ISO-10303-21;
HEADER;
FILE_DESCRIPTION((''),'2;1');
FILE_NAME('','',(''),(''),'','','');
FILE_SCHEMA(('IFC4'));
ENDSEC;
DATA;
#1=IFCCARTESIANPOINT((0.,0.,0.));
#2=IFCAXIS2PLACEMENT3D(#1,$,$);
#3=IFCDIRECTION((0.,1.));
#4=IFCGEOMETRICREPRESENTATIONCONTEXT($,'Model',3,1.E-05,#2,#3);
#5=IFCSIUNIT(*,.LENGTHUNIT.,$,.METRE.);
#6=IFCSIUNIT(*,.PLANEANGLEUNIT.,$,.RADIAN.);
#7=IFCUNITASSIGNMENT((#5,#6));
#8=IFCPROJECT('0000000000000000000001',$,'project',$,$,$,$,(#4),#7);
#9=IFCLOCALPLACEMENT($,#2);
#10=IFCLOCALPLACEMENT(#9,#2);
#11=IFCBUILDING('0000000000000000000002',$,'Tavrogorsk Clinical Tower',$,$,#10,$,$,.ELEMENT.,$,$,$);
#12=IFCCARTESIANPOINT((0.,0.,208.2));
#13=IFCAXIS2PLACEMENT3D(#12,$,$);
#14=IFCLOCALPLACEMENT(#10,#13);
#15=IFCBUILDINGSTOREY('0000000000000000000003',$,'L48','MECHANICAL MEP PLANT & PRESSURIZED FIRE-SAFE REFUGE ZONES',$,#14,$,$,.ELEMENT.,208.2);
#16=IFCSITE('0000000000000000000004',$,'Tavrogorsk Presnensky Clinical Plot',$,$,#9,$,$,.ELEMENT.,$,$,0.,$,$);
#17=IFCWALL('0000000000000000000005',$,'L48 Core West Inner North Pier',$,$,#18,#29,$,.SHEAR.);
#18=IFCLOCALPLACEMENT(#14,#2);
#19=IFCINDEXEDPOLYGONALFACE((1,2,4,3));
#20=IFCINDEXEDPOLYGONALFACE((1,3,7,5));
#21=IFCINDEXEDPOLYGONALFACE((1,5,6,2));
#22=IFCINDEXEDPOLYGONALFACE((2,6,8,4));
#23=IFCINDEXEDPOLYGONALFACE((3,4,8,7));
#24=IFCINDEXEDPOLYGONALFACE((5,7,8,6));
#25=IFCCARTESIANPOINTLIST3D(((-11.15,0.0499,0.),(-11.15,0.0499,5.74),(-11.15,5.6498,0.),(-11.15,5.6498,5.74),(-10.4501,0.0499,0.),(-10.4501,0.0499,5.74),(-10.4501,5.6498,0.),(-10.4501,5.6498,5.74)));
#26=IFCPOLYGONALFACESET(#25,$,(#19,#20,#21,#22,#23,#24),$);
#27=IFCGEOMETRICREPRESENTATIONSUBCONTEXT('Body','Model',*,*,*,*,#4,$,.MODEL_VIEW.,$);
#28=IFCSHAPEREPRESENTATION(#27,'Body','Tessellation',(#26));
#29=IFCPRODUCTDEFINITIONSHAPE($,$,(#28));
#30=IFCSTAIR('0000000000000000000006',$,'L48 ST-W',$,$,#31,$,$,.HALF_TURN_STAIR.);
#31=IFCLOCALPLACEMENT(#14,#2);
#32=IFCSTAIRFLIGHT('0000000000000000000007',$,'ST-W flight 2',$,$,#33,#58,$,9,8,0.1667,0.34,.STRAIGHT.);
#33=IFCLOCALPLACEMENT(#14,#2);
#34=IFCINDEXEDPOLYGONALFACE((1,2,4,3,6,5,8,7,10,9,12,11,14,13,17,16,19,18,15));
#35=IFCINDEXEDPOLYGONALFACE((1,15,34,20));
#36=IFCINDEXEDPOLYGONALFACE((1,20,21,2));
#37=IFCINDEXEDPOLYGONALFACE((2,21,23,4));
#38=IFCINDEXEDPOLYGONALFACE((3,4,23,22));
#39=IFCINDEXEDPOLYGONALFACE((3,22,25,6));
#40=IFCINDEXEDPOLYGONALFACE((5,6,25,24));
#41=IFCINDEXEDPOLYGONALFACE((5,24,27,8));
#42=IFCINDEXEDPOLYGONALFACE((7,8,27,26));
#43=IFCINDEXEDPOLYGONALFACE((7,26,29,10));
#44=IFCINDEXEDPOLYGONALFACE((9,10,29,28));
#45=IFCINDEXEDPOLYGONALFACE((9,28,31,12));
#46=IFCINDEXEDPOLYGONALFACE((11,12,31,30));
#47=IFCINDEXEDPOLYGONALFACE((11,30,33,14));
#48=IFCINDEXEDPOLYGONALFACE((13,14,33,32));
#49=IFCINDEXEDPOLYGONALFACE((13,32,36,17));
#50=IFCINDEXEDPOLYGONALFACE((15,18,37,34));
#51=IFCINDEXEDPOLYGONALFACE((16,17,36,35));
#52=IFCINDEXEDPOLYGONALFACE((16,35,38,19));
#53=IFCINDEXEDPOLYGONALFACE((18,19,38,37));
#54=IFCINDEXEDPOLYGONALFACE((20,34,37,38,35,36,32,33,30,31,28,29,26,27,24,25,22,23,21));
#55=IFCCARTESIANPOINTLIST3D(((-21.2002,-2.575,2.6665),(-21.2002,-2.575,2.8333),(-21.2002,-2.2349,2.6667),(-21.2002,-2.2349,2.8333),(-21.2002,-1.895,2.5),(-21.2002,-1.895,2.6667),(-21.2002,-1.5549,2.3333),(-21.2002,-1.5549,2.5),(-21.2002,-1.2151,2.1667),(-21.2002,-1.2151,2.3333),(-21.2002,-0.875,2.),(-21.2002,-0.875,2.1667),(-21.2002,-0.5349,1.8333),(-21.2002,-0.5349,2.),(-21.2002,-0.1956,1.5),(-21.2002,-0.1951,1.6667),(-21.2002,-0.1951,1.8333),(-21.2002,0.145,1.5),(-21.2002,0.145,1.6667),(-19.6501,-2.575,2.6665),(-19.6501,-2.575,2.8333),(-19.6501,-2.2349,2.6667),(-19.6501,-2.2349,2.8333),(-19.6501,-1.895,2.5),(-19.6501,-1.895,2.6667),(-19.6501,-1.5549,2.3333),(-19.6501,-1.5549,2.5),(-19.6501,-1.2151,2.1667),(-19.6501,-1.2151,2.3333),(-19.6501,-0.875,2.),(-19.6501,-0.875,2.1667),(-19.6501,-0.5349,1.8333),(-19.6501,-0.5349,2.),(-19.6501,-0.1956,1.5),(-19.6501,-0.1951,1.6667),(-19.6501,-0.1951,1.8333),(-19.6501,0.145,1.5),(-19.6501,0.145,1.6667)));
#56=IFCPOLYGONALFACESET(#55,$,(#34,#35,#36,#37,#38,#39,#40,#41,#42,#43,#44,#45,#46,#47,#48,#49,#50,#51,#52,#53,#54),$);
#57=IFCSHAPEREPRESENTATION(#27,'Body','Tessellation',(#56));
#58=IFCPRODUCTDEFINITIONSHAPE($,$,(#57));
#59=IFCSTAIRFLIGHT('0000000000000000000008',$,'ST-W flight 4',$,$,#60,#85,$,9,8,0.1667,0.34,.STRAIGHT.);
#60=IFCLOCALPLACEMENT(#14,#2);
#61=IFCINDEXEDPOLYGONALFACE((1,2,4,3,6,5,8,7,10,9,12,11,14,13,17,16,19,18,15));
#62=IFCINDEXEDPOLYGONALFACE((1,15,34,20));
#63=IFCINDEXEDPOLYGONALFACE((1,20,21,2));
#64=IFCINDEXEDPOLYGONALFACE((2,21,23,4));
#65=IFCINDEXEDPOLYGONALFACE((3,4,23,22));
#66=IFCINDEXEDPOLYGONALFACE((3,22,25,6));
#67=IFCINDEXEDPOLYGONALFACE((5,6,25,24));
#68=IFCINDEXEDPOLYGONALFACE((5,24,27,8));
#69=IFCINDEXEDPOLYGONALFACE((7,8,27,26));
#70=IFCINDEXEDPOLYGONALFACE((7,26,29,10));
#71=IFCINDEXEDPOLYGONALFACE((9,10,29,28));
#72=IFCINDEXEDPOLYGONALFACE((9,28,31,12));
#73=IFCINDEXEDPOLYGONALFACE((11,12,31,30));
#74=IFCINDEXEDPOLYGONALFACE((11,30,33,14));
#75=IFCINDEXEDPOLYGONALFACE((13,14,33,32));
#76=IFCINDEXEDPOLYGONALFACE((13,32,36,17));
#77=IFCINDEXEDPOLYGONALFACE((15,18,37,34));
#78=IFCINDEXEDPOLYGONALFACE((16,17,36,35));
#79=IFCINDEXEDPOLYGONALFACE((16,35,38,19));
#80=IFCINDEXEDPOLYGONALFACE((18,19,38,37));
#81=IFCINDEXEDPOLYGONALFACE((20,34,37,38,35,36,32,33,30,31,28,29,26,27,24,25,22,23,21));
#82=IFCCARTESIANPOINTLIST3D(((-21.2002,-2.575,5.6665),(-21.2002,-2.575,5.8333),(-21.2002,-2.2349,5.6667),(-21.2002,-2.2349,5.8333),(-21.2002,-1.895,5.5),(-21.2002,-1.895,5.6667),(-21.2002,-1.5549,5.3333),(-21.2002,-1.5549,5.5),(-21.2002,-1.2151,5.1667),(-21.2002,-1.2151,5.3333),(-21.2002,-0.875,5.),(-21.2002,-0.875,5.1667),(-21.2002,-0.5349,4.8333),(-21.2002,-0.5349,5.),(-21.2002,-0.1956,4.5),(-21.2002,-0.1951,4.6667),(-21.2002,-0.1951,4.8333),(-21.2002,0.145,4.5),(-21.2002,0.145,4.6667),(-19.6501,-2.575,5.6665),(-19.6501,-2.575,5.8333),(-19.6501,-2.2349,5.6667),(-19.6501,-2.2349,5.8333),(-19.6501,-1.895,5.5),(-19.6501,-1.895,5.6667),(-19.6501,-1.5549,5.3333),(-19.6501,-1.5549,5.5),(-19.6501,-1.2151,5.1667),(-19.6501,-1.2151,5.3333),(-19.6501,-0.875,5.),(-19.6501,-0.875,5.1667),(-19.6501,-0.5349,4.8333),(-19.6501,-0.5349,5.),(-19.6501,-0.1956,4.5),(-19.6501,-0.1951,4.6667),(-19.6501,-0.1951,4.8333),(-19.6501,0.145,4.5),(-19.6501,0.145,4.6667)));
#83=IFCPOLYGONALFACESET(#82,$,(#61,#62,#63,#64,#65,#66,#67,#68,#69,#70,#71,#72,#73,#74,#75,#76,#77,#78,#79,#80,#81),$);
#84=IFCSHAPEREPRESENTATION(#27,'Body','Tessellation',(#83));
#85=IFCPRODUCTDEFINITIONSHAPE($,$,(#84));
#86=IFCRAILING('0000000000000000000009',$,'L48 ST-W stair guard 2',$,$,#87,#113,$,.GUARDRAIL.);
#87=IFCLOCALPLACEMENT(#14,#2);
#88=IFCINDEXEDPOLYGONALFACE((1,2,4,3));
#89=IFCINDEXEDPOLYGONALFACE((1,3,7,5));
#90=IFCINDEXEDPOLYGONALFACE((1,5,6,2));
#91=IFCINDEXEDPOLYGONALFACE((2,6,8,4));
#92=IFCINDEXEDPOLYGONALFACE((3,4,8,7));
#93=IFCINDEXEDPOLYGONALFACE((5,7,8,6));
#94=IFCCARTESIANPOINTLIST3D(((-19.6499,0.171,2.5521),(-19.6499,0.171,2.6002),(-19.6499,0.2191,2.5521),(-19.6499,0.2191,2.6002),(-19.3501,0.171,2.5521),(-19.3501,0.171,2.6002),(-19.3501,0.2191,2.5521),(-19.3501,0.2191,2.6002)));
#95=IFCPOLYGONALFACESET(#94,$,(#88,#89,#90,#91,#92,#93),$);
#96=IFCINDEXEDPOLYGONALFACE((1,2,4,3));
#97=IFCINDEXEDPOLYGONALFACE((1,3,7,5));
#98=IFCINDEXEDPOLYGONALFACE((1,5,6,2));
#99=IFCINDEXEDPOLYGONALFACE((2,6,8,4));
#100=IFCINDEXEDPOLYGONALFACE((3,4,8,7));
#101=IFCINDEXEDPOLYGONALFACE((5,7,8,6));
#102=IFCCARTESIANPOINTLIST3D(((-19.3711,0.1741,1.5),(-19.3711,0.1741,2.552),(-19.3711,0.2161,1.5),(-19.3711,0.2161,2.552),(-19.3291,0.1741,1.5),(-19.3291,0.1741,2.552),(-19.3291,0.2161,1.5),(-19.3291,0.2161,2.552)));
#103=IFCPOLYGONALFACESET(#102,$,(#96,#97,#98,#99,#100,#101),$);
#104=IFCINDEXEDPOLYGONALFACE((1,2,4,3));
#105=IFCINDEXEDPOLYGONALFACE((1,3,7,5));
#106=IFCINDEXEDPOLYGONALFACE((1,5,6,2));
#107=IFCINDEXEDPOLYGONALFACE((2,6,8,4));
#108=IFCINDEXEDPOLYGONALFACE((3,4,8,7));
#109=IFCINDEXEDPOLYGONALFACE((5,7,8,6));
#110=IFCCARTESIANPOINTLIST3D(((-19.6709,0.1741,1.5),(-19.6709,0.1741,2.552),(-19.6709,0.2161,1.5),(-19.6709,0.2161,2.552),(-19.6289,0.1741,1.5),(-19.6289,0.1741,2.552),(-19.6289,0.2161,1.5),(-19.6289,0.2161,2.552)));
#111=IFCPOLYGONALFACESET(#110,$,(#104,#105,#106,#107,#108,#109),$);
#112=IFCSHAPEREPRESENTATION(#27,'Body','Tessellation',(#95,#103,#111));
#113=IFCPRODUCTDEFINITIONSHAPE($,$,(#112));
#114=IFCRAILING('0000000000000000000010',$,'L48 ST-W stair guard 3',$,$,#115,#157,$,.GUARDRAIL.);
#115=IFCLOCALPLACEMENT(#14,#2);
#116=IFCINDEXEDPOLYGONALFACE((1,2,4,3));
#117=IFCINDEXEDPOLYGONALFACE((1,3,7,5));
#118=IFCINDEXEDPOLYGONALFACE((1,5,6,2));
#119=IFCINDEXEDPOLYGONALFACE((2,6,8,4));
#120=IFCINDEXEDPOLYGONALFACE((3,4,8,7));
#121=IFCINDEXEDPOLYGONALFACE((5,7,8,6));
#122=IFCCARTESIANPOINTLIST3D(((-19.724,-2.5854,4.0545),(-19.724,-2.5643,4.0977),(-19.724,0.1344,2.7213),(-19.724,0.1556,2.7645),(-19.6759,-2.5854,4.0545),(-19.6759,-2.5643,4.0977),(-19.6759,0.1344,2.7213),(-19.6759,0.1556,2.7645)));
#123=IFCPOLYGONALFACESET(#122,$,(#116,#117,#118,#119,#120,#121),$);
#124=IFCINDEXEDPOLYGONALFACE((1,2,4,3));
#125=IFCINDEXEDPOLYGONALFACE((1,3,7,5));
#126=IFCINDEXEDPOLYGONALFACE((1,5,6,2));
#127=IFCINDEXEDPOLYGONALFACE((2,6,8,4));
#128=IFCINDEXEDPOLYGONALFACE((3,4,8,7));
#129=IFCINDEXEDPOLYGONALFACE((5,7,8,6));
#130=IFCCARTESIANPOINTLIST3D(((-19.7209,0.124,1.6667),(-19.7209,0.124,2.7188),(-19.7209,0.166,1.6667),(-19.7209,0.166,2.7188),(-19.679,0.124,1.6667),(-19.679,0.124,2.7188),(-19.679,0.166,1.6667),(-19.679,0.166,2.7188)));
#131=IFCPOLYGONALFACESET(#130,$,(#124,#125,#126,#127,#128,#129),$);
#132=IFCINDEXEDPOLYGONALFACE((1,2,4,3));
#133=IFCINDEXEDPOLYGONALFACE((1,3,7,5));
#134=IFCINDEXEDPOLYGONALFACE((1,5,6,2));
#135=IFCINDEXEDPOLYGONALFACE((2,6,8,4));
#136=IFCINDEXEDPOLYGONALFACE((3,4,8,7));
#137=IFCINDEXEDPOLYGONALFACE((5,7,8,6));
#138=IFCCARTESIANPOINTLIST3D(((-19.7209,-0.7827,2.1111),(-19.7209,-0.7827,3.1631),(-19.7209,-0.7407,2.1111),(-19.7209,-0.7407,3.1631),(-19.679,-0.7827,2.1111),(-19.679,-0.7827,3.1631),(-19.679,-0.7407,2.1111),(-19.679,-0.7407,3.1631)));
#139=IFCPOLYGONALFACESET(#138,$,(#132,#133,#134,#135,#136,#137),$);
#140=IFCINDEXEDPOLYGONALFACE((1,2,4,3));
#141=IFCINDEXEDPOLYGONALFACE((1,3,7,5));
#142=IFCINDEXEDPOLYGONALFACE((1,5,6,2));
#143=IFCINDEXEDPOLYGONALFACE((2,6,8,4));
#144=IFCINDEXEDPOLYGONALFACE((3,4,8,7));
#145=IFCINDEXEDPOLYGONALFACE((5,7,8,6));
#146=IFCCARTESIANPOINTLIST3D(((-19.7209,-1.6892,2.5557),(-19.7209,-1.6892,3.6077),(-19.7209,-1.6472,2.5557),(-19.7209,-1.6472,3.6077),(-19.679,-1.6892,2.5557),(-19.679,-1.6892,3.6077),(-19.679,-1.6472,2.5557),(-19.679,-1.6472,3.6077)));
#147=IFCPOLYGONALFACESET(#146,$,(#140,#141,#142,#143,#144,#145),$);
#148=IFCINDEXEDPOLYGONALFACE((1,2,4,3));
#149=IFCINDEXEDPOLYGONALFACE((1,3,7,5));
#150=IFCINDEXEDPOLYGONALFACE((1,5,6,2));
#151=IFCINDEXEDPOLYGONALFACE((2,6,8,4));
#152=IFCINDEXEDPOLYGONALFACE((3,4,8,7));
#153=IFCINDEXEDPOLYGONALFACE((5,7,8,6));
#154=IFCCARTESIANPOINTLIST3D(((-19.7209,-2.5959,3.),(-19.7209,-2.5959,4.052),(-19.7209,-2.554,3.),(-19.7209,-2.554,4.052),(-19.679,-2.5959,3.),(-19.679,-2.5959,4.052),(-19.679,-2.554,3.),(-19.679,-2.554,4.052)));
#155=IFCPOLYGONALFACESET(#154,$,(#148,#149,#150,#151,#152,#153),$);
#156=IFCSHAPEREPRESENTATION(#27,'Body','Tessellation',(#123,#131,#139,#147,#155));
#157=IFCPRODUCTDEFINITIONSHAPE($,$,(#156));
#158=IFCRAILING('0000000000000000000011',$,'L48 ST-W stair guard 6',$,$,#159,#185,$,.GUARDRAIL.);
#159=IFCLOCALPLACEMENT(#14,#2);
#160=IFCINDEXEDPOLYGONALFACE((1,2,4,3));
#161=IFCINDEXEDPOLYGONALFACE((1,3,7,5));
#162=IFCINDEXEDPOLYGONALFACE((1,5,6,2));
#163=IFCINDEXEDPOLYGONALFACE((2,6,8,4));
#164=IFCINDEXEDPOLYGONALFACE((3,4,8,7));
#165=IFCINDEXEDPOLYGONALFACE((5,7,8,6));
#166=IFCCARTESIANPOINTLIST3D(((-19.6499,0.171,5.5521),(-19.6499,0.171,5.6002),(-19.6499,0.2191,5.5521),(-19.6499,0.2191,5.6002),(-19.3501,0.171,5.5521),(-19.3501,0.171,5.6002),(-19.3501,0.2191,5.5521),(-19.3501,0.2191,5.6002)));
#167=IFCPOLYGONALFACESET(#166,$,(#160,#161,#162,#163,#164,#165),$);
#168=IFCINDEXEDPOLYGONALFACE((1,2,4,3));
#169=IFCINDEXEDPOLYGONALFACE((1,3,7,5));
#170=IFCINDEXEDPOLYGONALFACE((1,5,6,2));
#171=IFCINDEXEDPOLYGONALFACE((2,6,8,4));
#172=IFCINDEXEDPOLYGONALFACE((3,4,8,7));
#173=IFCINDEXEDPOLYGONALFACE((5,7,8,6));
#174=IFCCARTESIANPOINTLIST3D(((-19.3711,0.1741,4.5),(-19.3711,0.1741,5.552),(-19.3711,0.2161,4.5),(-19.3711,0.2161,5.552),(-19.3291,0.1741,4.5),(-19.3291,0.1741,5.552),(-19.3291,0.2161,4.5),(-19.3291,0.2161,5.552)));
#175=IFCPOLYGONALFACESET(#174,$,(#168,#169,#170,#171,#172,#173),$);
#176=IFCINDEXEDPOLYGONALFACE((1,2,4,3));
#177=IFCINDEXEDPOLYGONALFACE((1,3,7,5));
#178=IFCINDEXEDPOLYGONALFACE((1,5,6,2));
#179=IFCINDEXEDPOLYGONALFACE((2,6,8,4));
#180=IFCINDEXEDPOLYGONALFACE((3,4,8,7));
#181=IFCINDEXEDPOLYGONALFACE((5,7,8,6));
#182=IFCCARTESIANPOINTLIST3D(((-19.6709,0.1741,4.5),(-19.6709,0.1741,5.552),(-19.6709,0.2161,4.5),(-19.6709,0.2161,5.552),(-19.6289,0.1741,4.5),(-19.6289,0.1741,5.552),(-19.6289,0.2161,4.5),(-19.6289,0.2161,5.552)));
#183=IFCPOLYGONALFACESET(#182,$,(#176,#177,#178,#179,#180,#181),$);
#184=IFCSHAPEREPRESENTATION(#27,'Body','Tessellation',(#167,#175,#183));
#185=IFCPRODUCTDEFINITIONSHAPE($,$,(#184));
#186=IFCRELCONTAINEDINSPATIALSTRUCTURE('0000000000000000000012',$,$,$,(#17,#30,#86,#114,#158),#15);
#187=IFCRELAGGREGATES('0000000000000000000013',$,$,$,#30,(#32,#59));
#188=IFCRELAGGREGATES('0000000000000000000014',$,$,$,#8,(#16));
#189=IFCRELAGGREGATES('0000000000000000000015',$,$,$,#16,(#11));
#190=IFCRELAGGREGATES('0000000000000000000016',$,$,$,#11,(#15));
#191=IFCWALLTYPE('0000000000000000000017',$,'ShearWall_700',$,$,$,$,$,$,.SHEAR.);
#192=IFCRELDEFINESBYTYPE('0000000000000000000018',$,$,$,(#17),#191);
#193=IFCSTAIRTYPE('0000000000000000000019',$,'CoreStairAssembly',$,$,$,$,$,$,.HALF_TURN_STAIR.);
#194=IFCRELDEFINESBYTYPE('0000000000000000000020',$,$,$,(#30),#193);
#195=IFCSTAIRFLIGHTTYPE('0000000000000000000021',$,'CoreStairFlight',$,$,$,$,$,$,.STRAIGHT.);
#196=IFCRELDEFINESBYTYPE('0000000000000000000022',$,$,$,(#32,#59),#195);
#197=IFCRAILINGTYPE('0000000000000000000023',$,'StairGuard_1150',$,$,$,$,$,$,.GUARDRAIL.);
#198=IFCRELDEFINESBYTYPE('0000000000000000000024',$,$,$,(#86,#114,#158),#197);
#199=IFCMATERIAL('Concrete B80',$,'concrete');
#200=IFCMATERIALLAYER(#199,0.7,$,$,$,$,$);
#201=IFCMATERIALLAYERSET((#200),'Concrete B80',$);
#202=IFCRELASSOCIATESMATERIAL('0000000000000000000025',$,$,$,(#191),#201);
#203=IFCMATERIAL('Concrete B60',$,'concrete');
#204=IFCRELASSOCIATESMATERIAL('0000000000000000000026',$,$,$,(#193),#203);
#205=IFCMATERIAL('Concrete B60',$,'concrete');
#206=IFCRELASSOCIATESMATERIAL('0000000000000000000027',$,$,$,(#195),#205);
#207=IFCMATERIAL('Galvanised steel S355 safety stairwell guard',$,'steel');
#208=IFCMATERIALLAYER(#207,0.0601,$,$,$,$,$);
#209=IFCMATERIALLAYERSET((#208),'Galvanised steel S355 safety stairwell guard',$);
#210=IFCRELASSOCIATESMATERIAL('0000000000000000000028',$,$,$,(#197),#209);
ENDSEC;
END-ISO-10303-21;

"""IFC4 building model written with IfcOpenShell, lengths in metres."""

from ifc_helpers import new_model, si_unit, direction, frame, frame_2d, origin, origin_2d, place, context, subcontext, project, spatial, polyline, rectangle, outline, extrude, material, layer, layer_set, type_object, element, aggregate, save


model = new_model("IFC4")

# Units and contexts
model_context = context("Model", 3, precision=1e-05, world=origin(), true_north=direction((0.0, 1.0)))
body_context = subcontext(model_context, "Body", "Model", "MODEL_VIEW")
ifc_project = project(units=[si_unit("LENGTHUNIT", "METRE"), si_unit("PLANEANGLEUNIT", "RADIAN")], contexts=[model_context])

# Site, building, storey
site_placement = place(None, origin())
site = spatial("IfcSite", under=ifc_project, at=site_placement, Name="Tavrogorsk Presnensky Clinical Plot", CompositionType="ELEMENT", RefElevation=0.0)
building_placement = place(site_placement, origin())
building = spatial("IfcBuilding", under=site, at=building_placement, Name="Tavrogorsk Clinical Tower", CompositionType="ELEMENT")
storey_placement = place(building_placement, frame((0.0, 0.0, 208.2)))
storey = spatial("IfcBuildingStorey", under=building, at=storey_placement, Name="L48", Description="MECHANICAL MEP PLANT & PRESSURIZED FIRE-SAFE REFUGE ZONES", CompositionType="ELEMENT", Elevation=208.2)

# Wall
ifc_material_1 = material(Name="Concrete B80", Category="concrete")
ifc_layer_1 = layer(ifc_material_1, 0.7)
ifc_layer_set_1 = layer_set([ifc_layer_1], Name="Concrete B80")
wall_type_1 = type_object("IfcWallType", Name="ShearWall_700", PredefinedType="SHEAR", material=ifc_layer_set_1)
wall_1_placement = place(storey_placement, frame((-10.8, 0.05, 0.0), z_axis=(0.0, 0.0, 1.0), x_axis=(0.0, 1.0, 0.0)))
element("IfcWall", 1, at=wall_1_placement, inside=storey, type_object=wall_type_1, Name="L48 Core West Inner North Pier", PredefinedType="SHEAR", context=body_context, shape_type="SweptSolid", body=[
    extrude(rectangle(XDim=5.5999, YDim=0.7, at=frame_2d((2.7998, 0.0))), origin(), (0.0, 0.0, 1.0), 5.74),
])

# Stair, stair flights
ifc_material_2 = material(Name="Concrete B60", Category="concrete")
stair_type = type_object("IfcStairType", Name="CoreStairAssembly", PredefinedType="HALF_TURN_STAIR", material=ifc_material_2)
stair_placement = place(storey_placement, origin())
stair = element("IfcStair", 2, at=stair_placement, inside=storey, type_object=stair_type, Name="L48 ST-W", PredefinedType="HALF_TURN_STAIR")
ifc_material_3 = material(Name="Concrete B60", Category="concrete")
stair_flight_type = type_object("IfcStairFlightType", Name="CoreStairFlight", PredefinedType="STRAIGHT", material=ifc_material_3)
stair_flight_1_placement = place(storey_placement, frame((-20.425, 0.145, 1.5), z_axis=(0.0, 0.0, 1.0), x_axis=(0.0, -1.0, 0.0)))
stair_flight_1 = element("IfcStairFlight", 3, at=stair_flight_1_placement, type_object=stair_flight_type, Name="ST-W flight 2", NumberOfRisers=9, NumberOfTreads=8, PredefinedType="STRAIGHT", RiserHeight=0.1667, TreadLength=0.34, context=body_context, shape_type="SweptSolid", body=[
    extrude(outline(polyline([(0.0, 0.0), (0.0, 0.1667), (0.3401, 0.1667), (0.3401, 0.3333), (0.6799, 0.3333), (0.6799, 0.5), (1.02, 0.5), (1.02, 0.6667), (1.3601, 0.6667), (1.3601, 0.8333), (1.7, 0.8333), (1.7, 1.0), (2.04, 1.0), (2.04, 1.1667), (2.3799, 1.1667), (2.3799, 1.3333), (2.72, 1.3333), (2.72, 1.5), (2.72, 1.1665), (0.3406, 0.0), (0.0, 0.0)])), frame((0.0, 0.7749, 0.0), z_axis=(0.0, -1.0, 0.0), x_axis=(1.0, 0.0, 0.0)), (0.0, 0.0, 1.0), 1.55),
])
stair_flight_2_placement = place(storey_placement, frame((-20.425, 0.145, 4.5), z_axis=(0.0, 0.0, 1.0), x_axis=(0.0, -1.0, 0.0)))
stair_flight_2 = element("IfcStairFlight", 4, at=stair_flight_2_placement, type_object=stair_flight_type, Name="ST-W flight 4", NumberOfRisers=9, NumberOfTreads=8, PredefinedType="STRAIGHT", RiserHeight=0.1667, TreadLength=0.34, context=body_context, shape_type="SweptSolid", body=[
    extrude(outline(polyline([(0.0, 0.0), (0.0, 0.1667), (0.3401, 0.1667), (0.3401, 0.3333), (0.6799, 0.3333), (0.6799, 0.5), (1.02, 0.5), (1.02, 0.6667), (1.3601, 0.6667), (1.3601, 0.8333), (1.7, 0.8333), (1.7, 1.0), (2.04, 1.0), (2.04, 1.1667), (2.3799, 1.1667), (2.3799, 1.3333), (2.72, 1.3333), (2.72, 1.5), (2.72, 1.1665), (0.3406, 0.0), (0.0, 0.0)])), frame((0.0, 0.7749, 0.0), z_axis=(0.0, -1.0, 0.0), x_axis=(1.0, 0.0, 0.0)), (0.0, 0.0, 1.0), 1.55),
])
aggregate(stair, [stair_flight_1, stair_flight_2])

# Railings
ifc_material_4 = material(Name="Galvanised steel S355 safety stairwell guard", Category="steel")
ifc_layer_2 = layer(ifc_material_4, 0.0601)
ifc_layer_set_2 = layer_set([ifc_layer_2], Name="Galvanised steel S355 safety stairwell guard")
railing_type_1 = type_object("IfcRailingType", Name="StairGuard_1150", PredefinedType="GUARDRAIL", material=ifc_layer_set_2)
railing_1_placement = place(storey_placement, frame((-19.3501, 0.1951, 1.5)))
element("IfcRailing", 5, at=railing_1_placement, inside=storey, type_object=railing_type_1, Name="L48 ST-W stair guard 2", PredefinedType="GUARDRAIL", context=body_context, shape_type="SweptSolid", body=[
    extrude(rectangle(XDim=0.0481, YDim=0.0481, at=origin_2d()), frame((0.0, 0.0, 1.0762), z_axis=(-1.0, 0.0, 0.0), x_axis=(0.0, -1.0, 0.0)), (0.0, 0.0, 1.0), 0.2998),
    extrude(rectangle(XDim=0.042, YDim=0.042, at=origin_2d()), origin(), (0.0, 0.0, 1.0), 1.052),
    extrude(rectangle(XDim=0.042, YDim=0.042, at=origin_2d()), frame((-0.2998, 0.0, 0.0)), (0.0, 0.0, 1.0), 1.052),
])
railing_2_placement = place(storey_placement, frame((-19.7, 0.145, 1.6667)))
element("IfcRailing", 6, at=railing_2_placement, inside=storey, type_object=railing_type_1, Name="L48 ST-W stair guard 3", PredefinedType="GUARDRAIL", context=body_context, shape_type="SweptSolid", body=[
    extrude(rectangle(XDim=0.0481, YDim=0.0481, at=origin_2d()), frame((0.0, 0.0, 1.0762), z_axis=(0.0, -0.897929, 0.440139), x_axis=(1.0, 0.0, 0.0)), (0.0, 0.0, 1.0), 3.0291),
    extrude(rectangle(XDim=0.042, YDim=0.042, at=origin_2d()), origin(), (0.0, 0.0, 1.0), 1.052),
    extrude(rectangle(XDim=0.042, YDim=0.042, at=origin_2d()), frame((0.0, -0.9067, 0.4443)), (0.0, 0.0, 1.0), 1.052),
    extrude(rectangle(XDim=0.042, YDim=0.042, at=origin_2d()), frame((0.0, -1.8132, 0.8889)), (0.0, 0.0, 1.0), 1.052),
    extrude(rectangle(XDim=0.042, YDim=0.042, at=origin_2d()), frame((0.0, -2.72, 1.3333)), (0.0, 0.0, 1.0), 1.052),
])
railing_3_placement = place(storey_placement, frame((-19.3501, 0.1951, 4.5)))
element("IfcRailing", 7, at=railing_3_placement, inside=storey, type_object=railing_type_1, Name="L48 ST-W stair guard 6", PredefinedType="GUARDRAIL", context=body_context, shape_type="SweptSolid", body=[
    extrude(rectangle(XDim=0.0481, YDim=0.0481, at=origin_2d()), frame((0.0, 0.0, 1.0762), z_axis=(-1.0, 0.0, 0.0), x_axis=(0.0, -1.0, 0.0)), (0.0, 0.0, 1.0), 0.2998),
    extrude(rectangle(XDim=0.042, YDim=0.042, at=origin_2d()), origin(), (0.0, 0.0, 1.0), 1.052),
    extrude(rectangle(XDim=0.042, YDim=0.042, at=origin_2d()), frame((-0.2998, 0.0, 0.0)), (0.0, 0.0, 1.0), 1.052),
])

save(model, "model.ifc")
